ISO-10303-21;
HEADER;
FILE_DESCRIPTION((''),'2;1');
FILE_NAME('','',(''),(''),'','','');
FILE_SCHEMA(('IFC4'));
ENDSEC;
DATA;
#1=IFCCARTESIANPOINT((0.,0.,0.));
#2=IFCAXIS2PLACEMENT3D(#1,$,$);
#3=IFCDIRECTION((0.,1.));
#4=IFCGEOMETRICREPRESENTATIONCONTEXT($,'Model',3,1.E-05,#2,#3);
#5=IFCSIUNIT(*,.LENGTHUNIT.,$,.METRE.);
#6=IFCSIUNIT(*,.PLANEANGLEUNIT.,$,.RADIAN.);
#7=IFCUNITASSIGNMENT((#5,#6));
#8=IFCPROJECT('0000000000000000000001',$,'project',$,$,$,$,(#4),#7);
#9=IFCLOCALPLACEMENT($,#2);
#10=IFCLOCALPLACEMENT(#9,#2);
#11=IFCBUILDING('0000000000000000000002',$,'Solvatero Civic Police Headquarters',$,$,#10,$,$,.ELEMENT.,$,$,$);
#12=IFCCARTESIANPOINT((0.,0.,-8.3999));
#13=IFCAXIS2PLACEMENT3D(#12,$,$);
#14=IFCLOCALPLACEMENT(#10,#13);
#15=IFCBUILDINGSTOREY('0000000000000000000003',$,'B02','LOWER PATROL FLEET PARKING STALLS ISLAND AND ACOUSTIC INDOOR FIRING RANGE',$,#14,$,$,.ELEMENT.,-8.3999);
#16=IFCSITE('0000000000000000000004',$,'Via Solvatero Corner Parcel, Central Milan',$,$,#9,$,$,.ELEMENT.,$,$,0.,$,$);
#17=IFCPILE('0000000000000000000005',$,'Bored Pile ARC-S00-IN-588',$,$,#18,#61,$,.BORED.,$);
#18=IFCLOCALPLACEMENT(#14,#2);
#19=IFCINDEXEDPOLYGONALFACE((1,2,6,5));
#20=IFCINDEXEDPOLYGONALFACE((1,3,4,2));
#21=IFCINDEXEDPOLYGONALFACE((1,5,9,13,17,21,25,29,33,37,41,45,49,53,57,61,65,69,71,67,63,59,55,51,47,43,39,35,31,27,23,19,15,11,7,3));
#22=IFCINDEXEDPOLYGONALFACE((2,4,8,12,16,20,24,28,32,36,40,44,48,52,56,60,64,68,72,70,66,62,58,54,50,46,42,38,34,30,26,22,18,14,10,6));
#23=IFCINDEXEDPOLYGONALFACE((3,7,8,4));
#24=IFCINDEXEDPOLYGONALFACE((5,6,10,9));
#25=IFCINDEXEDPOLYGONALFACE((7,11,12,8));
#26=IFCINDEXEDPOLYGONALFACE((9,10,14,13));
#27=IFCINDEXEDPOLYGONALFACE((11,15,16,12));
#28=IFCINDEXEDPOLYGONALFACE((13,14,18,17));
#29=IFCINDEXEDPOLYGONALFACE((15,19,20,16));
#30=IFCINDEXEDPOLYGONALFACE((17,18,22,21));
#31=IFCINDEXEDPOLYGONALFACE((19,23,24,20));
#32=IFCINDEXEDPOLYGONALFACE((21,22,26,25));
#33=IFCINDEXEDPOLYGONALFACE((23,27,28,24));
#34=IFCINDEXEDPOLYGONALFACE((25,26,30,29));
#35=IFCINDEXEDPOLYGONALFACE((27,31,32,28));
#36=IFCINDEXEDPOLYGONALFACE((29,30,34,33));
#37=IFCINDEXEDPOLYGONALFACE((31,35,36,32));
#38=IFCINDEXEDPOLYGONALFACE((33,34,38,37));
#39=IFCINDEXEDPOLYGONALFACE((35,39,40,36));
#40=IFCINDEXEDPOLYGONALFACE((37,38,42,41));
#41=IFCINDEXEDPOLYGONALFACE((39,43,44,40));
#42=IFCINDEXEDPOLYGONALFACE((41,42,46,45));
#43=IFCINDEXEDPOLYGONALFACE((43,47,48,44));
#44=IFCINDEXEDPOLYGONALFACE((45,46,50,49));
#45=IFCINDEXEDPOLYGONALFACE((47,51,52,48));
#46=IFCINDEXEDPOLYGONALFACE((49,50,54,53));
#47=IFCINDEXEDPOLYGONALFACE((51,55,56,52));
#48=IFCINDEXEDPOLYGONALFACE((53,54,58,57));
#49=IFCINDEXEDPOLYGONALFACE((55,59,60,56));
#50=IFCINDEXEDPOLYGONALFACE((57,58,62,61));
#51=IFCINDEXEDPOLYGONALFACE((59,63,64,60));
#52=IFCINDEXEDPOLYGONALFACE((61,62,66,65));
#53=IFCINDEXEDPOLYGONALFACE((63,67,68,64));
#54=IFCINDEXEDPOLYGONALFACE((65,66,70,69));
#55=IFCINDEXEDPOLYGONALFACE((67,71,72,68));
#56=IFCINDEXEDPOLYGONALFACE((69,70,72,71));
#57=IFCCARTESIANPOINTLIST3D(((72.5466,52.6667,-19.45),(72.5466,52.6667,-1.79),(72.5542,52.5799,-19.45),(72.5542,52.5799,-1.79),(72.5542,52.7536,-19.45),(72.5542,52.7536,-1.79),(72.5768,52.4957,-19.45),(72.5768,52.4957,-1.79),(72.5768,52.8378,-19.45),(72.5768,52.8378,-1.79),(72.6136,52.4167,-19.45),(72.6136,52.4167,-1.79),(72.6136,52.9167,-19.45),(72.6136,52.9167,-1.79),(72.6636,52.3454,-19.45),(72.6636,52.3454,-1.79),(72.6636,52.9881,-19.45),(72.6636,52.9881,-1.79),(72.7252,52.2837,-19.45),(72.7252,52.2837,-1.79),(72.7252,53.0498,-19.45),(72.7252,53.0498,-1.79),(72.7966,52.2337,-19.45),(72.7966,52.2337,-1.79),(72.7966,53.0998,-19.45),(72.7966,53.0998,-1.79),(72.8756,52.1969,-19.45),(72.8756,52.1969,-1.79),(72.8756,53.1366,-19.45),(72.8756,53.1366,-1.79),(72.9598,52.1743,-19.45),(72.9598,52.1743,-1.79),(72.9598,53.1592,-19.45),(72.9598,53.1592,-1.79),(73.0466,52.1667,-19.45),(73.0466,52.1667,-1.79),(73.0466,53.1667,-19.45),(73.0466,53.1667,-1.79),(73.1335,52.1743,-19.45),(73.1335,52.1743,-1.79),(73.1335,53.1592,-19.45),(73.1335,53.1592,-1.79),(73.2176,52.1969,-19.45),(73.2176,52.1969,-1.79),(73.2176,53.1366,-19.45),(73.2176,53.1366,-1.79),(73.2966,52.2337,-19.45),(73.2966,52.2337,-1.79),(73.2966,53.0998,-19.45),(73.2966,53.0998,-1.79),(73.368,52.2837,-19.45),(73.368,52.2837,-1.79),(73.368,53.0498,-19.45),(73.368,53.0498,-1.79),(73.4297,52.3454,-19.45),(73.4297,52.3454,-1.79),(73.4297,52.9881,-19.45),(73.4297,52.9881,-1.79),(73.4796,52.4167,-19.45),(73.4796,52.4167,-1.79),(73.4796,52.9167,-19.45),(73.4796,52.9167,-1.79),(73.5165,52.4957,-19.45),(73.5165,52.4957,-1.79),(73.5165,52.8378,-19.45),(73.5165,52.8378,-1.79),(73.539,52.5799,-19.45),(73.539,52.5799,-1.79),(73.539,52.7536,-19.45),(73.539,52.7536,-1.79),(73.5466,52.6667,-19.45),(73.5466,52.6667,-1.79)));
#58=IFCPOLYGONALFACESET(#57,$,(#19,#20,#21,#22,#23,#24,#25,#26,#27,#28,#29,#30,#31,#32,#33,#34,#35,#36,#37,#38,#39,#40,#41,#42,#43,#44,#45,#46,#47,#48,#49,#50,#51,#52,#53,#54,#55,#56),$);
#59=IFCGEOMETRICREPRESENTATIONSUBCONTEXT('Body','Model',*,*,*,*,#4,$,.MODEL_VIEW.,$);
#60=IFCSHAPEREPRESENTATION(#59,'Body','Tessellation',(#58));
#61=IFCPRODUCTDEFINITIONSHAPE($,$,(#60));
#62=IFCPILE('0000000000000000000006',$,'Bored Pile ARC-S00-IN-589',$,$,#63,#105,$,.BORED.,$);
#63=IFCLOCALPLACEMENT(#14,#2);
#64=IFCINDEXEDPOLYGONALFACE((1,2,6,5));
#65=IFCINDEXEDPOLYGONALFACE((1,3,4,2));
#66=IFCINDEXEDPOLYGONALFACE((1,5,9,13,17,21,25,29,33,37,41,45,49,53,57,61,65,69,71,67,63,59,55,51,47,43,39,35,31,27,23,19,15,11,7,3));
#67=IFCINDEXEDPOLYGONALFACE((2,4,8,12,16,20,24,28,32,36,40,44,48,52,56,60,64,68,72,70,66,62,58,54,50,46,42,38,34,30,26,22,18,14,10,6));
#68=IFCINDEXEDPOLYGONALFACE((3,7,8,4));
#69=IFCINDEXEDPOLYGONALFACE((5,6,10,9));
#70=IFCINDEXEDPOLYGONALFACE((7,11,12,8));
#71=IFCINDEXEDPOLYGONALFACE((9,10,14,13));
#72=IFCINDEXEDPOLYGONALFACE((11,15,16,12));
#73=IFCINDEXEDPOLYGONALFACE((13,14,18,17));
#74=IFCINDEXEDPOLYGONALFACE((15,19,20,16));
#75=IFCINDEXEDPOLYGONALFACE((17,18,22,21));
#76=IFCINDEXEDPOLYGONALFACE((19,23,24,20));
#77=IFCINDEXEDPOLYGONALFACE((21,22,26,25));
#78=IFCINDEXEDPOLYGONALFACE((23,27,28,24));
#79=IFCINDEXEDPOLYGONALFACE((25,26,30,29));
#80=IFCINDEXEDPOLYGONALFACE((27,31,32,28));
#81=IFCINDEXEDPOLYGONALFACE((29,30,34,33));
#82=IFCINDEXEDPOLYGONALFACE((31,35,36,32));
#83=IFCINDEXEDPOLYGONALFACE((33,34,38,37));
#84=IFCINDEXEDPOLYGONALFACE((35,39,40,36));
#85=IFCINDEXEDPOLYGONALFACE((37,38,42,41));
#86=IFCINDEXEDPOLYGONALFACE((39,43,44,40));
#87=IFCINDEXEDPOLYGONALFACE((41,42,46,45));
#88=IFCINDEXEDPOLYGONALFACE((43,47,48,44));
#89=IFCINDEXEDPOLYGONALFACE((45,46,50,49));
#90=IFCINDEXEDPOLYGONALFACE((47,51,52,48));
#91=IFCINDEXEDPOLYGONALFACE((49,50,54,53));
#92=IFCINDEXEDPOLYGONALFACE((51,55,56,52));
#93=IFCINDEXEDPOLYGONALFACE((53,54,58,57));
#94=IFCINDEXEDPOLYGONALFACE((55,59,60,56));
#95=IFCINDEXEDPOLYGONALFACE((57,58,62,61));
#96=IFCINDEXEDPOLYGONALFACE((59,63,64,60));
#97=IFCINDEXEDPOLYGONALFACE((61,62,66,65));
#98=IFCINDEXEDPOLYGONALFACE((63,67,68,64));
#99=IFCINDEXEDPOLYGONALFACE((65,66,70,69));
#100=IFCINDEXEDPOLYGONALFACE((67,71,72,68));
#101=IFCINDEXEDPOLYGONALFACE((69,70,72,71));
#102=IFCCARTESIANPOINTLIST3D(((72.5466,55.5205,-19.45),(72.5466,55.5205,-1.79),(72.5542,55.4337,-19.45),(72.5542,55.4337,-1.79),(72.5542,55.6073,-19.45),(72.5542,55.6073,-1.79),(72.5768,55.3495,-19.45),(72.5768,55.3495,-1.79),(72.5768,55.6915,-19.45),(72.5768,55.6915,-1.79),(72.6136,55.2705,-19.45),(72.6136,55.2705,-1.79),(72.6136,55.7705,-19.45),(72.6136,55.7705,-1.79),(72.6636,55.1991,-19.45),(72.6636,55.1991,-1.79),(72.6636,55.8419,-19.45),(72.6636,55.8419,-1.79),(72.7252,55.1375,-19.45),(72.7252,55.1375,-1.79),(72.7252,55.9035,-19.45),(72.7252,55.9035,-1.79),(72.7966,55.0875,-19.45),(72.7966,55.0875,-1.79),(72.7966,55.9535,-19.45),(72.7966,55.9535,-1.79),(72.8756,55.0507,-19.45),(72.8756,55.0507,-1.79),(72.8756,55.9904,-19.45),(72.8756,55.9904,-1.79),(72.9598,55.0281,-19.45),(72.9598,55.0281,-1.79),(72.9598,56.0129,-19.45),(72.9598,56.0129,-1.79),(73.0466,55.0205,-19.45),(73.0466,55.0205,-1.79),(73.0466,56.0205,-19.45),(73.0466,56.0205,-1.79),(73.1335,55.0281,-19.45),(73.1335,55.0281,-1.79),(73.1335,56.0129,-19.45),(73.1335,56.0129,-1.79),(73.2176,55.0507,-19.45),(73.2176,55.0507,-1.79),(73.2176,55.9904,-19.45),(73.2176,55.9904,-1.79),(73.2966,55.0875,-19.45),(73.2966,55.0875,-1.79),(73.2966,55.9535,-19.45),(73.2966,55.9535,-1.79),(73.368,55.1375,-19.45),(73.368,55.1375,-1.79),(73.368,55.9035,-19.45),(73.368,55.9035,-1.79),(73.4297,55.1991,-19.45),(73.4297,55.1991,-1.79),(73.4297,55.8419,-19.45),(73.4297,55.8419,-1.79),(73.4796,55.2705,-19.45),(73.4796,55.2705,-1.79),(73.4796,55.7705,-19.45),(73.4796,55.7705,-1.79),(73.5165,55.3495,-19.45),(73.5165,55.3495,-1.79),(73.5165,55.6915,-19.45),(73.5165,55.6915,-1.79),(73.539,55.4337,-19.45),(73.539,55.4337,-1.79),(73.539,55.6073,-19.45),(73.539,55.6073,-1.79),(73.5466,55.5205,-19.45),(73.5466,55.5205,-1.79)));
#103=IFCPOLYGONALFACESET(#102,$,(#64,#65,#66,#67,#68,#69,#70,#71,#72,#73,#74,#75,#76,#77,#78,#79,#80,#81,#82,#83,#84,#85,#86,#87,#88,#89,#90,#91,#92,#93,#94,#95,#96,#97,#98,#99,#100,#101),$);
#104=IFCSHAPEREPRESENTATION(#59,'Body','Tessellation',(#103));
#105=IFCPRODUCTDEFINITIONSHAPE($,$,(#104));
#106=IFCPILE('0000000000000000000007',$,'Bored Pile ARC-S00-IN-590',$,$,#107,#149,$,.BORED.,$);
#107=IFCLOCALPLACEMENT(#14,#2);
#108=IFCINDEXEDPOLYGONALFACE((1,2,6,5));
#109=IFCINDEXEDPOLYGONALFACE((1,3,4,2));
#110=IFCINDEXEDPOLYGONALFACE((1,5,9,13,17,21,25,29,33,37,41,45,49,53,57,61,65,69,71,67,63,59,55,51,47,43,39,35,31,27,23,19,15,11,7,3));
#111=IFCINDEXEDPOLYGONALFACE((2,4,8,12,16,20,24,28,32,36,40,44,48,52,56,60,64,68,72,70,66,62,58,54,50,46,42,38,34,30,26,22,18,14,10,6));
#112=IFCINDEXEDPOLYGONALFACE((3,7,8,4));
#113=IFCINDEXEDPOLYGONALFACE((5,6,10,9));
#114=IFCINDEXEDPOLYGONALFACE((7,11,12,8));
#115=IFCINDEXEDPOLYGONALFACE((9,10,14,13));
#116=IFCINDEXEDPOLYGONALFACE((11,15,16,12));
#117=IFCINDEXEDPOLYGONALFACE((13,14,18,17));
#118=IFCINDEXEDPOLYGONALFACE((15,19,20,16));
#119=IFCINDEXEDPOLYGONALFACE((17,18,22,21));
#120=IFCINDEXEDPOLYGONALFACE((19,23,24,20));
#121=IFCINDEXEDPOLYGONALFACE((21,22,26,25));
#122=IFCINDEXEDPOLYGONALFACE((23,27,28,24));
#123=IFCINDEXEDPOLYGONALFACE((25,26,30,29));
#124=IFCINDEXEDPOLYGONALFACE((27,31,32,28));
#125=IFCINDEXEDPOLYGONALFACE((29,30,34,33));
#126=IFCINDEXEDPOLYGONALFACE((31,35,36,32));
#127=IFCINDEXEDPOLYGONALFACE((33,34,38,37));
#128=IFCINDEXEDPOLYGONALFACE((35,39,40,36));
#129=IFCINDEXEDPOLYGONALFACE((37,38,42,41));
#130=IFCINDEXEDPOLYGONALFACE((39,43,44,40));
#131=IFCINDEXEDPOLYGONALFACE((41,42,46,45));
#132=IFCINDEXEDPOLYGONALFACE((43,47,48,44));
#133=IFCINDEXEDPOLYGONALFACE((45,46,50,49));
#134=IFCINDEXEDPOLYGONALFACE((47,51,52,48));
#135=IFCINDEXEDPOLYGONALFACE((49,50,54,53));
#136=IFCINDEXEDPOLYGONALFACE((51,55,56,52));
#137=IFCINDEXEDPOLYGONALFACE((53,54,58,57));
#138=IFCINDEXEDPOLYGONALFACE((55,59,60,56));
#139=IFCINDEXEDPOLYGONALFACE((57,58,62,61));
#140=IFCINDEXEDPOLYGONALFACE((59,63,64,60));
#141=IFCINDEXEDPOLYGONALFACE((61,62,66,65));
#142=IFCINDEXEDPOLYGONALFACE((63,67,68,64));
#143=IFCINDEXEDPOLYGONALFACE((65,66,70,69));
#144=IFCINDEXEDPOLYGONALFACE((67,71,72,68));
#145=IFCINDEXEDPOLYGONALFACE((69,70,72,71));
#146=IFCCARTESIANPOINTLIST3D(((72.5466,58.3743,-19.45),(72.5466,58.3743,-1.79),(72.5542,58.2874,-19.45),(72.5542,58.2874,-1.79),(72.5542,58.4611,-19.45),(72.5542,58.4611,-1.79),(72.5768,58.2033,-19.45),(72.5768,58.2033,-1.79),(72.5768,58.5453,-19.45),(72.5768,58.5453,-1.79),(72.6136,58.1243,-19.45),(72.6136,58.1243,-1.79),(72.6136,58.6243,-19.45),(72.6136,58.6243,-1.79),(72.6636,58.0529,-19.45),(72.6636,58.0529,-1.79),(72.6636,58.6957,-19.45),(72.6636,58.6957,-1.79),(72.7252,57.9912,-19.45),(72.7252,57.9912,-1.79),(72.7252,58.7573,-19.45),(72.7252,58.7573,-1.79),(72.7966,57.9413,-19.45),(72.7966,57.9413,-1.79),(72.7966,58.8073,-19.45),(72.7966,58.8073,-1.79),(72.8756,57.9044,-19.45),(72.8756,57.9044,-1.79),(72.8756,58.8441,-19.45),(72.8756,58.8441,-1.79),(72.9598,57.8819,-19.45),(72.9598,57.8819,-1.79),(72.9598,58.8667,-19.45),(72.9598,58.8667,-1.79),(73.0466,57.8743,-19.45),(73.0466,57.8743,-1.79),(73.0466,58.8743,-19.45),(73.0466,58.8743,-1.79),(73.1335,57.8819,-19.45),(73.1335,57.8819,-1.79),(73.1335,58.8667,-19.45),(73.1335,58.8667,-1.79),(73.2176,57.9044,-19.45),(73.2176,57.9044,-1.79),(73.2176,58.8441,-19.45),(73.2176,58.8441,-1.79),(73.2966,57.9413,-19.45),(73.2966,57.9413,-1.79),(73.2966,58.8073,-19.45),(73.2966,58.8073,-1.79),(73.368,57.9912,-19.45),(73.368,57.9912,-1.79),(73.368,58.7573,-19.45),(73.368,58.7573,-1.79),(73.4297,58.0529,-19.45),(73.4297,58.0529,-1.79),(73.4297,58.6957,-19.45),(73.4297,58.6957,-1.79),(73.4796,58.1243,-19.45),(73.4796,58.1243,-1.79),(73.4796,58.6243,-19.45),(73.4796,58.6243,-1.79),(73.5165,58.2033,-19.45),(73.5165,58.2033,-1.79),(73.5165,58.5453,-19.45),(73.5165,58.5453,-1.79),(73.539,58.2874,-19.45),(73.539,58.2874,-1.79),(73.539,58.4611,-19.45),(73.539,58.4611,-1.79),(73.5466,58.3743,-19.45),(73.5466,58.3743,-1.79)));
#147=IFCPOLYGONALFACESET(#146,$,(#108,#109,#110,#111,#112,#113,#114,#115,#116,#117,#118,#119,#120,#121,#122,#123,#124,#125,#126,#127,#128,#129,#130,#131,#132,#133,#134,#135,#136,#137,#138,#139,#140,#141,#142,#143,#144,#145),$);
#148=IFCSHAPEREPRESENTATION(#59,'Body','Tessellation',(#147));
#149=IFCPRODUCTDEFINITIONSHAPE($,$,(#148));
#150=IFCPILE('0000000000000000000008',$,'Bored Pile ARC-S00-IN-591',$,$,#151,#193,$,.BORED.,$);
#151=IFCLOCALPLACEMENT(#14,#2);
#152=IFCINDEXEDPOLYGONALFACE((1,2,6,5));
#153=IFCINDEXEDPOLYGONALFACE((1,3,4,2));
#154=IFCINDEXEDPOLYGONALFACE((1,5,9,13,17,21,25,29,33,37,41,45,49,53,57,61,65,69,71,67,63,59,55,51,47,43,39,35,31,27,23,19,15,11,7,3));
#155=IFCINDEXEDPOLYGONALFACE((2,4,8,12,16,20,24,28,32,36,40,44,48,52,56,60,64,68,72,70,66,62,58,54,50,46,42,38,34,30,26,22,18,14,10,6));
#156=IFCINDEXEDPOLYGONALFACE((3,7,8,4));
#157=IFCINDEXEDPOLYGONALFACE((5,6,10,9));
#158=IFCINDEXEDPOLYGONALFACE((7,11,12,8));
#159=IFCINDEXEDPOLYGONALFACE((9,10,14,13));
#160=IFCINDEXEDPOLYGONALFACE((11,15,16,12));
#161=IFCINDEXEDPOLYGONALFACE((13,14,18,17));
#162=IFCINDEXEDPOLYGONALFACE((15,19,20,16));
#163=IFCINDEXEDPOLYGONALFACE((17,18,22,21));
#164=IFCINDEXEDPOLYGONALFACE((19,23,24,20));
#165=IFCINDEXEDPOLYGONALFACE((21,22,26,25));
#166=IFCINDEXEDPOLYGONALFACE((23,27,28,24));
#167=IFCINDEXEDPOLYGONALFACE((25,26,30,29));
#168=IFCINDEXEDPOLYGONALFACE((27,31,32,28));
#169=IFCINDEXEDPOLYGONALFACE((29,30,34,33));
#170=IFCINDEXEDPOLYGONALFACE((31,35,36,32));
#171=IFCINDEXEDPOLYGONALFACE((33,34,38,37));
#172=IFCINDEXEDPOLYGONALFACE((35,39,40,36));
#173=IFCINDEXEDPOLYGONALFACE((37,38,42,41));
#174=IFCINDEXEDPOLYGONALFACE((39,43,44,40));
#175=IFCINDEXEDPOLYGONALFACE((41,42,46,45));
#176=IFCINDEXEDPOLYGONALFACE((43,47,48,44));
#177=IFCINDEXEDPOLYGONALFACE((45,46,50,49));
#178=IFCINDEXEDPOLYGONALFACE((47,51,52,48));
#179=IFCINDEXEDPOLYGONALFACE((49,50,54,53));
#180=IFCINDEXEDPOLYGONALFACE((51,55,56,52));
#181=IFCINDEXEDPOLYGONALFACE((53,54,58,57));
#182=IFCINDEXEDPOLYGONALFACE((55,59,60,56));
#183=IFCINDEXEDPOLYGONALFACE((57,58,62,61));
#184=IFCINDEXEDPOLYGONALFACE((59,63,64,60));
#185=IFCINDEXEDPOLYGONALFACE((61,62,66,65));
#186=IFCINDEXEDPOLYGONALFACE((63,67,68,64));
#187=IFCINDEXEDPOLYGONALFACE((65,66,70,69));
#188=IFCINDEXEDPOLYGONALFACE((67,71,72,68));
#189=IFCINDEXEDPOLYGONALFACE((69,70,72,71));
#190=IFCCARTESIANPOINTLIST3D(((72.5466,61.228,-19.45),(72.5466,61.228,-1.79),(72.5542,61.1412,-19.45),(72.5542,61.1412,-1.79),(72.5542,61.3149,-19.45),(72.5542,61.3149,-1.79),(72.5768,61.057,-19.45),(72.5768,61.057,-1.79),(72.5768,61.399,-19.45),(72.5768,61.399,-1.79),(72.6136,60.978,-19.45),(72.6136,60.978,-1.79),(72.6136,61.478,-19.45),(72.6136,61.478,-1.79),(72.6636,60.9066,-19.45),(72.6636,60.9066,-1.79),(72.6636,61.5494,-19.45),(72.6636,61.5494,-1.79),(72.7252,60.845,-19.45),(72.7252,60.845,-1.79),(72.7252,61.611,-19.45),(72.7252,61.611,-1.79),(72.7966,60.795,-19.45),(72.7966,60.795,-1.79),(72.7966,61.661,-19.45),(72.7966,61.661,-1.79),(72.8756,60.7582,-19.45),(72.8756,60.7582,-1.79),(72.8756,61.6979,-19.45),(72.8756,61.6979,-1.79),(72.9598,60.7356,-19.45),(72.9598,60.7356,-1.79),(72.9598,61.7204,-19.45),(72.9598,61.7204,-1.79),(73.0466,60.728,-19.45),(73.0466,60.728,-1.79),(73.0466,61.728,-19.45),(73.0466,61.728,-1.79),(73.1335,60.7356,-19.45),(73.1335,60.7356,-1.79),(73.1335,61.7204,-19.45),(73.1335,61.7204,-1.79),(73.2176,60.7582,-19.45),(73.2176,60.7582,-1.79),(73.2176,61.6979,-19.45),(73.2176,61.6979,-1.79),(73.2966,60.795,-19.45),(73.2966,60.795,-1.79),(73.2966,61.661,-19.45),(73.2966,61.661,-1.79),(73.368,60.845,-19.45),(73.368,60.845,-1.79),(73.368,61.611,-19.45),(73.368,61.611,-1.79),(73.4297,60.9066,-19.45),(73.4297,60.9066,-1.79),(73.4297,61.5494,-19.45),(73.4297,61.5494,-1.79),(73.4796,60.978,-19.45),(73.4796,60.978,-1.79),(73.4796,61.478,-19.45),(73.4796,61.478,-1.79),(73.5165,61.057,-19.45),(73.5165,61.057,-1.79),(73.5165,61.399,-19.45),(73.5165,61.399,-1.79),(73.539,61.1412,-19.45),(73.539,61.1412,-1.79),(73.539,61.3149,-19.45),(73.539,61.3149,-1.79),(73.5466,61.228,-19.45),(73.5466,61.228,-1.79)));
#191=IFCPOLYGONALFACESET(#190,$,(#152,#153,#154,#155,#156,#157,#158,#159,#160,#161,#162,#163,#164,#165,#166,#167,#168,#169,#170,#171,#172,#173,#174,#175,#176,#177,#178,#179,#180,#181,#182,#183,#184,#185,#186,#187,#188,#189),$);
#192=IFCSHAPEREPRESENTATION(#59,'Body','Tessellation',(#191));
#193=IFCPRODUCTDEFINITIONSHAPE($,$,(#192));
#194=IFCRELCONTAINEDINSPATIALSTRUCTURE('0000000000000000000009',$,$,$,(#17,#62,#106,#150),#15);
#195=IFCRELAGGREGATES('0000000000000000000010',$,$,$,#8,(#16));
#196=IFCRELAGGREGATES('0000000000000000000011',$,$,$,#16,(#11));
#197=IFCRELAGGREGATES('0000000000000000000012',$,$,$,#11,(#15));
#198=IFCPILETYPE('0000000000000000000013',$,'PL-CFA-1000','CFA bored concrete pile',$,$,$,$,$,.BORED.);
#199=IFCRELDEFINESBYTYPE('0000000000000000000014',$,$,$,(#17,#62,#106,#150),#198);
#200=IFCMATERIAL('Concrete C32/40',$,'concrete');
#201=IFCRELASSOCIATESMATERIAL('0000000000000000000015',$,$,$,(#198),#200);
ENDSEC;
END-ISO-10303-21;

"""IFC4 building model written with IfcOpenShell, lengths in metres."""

from ifc_helpers import new_model, si_unit, direction, frame, origin, origin_2d, place, context, subcontext, project, spatial, circle, extrude, material, material_profile, profile_set, type_object, element, save


model = new_model("IFC4")

# Units and contexts
model_context = context("Model", 3, precision=1e-05, world=origin(), true_north=direction((0.0, 1.0)))
body_context = subcontext(model_context, "Body", "Model", "MODEL_VIEW")
ifc_project = project(units=[si_unit("LENGTHUNIT", "METRE"), si_unit("PLANEANGLEUNIT", "RADIAN")], contexts=[model_context])

# Site, building, storey
site_placement = place(None, origin())
site = spatial("IfcSite", under=ifc_project, at=site_placement, Name="Via Solvatero Corner Parcel, Central Milan", CompositionType="ELEMENT", RefElevation=0.0)
building_placement = place(site_placement, origin())
building = spatial("IfcBuilding", under=site, at=building_placement, Name="Solvatero Civic Police Headquarters", CompositionType="ELEMENT")
storey_placement = place(building_placement, frame((0.0, 0.0, -8.3999)))
storey = spatial("IfcBuildingStorey", under=building, at=storey_placement, Name="B02", Description="LOWER PATROL FLEET PARKING STALLS ISLAND AND ACOUSTIC INDOOR FIRING RANGE", CompositionType="ELEMENT", Elevation=-8.3999)

# Piles
ifc_material_1 = material(Name="Concrete C32/40", Category="concrete")
ifc_material_profile_1 = material_profile(ifc_material_1, circle(Radius=0.5, at=origin_2d()), Name="CFA PILE D1000")
ifc_profile_set_1 = profile_set([ifc_material_profile_1], Name="Concrete C32/40")
pile_type = type_object("IfcPileType", Name="PL-CFA-1000", Description="CFA bored concrete pile", PredefinedType="BORED", material=ifc_profile_set_1)
for number, where, z_axis, x_axis, name in (
    (1, (73.0466, 52.6667, -1.79), (0.0, 0.0, -1.0), (1.0, 0.0, 0.0), "Bored Pile ARC-S00-IN-588"),
    (2, (73.0466, 55.5205, -1.79), (0.0, 0.0, -1.0), (1.0, 0.0, 0.0), "Bored Pile ARC-S00-IN-589"),
    (3, (73.0466, 58.3743, -1.79), (0.0, 0.0, -1.0), (1.0, 0.0, 0.0), "Bored Pile ARC-S00-IN-590"),
    (4, (73.0466, 61.228, -1.79), (0.0, 0.0, -1.0), (1.0, 0.0, 0.0), "Bored Pile ARC-S00-IN-591"),
):
    element("IfcPile", number, at=place(storey_placement, frame(where, z_axis=z_axis, x_axis=x_axis)), inside=storey, type_object=pile_type, Name=name, PredefinedType="BORED", context=body_context, shape_type="SweptSolid", body=[
        extrude(circle(Radius=0.5, at=origin_2d()), origin(), (0.0, 0.0, 1.0), 17.6599),
    ])

save(model, "model.ifc")
